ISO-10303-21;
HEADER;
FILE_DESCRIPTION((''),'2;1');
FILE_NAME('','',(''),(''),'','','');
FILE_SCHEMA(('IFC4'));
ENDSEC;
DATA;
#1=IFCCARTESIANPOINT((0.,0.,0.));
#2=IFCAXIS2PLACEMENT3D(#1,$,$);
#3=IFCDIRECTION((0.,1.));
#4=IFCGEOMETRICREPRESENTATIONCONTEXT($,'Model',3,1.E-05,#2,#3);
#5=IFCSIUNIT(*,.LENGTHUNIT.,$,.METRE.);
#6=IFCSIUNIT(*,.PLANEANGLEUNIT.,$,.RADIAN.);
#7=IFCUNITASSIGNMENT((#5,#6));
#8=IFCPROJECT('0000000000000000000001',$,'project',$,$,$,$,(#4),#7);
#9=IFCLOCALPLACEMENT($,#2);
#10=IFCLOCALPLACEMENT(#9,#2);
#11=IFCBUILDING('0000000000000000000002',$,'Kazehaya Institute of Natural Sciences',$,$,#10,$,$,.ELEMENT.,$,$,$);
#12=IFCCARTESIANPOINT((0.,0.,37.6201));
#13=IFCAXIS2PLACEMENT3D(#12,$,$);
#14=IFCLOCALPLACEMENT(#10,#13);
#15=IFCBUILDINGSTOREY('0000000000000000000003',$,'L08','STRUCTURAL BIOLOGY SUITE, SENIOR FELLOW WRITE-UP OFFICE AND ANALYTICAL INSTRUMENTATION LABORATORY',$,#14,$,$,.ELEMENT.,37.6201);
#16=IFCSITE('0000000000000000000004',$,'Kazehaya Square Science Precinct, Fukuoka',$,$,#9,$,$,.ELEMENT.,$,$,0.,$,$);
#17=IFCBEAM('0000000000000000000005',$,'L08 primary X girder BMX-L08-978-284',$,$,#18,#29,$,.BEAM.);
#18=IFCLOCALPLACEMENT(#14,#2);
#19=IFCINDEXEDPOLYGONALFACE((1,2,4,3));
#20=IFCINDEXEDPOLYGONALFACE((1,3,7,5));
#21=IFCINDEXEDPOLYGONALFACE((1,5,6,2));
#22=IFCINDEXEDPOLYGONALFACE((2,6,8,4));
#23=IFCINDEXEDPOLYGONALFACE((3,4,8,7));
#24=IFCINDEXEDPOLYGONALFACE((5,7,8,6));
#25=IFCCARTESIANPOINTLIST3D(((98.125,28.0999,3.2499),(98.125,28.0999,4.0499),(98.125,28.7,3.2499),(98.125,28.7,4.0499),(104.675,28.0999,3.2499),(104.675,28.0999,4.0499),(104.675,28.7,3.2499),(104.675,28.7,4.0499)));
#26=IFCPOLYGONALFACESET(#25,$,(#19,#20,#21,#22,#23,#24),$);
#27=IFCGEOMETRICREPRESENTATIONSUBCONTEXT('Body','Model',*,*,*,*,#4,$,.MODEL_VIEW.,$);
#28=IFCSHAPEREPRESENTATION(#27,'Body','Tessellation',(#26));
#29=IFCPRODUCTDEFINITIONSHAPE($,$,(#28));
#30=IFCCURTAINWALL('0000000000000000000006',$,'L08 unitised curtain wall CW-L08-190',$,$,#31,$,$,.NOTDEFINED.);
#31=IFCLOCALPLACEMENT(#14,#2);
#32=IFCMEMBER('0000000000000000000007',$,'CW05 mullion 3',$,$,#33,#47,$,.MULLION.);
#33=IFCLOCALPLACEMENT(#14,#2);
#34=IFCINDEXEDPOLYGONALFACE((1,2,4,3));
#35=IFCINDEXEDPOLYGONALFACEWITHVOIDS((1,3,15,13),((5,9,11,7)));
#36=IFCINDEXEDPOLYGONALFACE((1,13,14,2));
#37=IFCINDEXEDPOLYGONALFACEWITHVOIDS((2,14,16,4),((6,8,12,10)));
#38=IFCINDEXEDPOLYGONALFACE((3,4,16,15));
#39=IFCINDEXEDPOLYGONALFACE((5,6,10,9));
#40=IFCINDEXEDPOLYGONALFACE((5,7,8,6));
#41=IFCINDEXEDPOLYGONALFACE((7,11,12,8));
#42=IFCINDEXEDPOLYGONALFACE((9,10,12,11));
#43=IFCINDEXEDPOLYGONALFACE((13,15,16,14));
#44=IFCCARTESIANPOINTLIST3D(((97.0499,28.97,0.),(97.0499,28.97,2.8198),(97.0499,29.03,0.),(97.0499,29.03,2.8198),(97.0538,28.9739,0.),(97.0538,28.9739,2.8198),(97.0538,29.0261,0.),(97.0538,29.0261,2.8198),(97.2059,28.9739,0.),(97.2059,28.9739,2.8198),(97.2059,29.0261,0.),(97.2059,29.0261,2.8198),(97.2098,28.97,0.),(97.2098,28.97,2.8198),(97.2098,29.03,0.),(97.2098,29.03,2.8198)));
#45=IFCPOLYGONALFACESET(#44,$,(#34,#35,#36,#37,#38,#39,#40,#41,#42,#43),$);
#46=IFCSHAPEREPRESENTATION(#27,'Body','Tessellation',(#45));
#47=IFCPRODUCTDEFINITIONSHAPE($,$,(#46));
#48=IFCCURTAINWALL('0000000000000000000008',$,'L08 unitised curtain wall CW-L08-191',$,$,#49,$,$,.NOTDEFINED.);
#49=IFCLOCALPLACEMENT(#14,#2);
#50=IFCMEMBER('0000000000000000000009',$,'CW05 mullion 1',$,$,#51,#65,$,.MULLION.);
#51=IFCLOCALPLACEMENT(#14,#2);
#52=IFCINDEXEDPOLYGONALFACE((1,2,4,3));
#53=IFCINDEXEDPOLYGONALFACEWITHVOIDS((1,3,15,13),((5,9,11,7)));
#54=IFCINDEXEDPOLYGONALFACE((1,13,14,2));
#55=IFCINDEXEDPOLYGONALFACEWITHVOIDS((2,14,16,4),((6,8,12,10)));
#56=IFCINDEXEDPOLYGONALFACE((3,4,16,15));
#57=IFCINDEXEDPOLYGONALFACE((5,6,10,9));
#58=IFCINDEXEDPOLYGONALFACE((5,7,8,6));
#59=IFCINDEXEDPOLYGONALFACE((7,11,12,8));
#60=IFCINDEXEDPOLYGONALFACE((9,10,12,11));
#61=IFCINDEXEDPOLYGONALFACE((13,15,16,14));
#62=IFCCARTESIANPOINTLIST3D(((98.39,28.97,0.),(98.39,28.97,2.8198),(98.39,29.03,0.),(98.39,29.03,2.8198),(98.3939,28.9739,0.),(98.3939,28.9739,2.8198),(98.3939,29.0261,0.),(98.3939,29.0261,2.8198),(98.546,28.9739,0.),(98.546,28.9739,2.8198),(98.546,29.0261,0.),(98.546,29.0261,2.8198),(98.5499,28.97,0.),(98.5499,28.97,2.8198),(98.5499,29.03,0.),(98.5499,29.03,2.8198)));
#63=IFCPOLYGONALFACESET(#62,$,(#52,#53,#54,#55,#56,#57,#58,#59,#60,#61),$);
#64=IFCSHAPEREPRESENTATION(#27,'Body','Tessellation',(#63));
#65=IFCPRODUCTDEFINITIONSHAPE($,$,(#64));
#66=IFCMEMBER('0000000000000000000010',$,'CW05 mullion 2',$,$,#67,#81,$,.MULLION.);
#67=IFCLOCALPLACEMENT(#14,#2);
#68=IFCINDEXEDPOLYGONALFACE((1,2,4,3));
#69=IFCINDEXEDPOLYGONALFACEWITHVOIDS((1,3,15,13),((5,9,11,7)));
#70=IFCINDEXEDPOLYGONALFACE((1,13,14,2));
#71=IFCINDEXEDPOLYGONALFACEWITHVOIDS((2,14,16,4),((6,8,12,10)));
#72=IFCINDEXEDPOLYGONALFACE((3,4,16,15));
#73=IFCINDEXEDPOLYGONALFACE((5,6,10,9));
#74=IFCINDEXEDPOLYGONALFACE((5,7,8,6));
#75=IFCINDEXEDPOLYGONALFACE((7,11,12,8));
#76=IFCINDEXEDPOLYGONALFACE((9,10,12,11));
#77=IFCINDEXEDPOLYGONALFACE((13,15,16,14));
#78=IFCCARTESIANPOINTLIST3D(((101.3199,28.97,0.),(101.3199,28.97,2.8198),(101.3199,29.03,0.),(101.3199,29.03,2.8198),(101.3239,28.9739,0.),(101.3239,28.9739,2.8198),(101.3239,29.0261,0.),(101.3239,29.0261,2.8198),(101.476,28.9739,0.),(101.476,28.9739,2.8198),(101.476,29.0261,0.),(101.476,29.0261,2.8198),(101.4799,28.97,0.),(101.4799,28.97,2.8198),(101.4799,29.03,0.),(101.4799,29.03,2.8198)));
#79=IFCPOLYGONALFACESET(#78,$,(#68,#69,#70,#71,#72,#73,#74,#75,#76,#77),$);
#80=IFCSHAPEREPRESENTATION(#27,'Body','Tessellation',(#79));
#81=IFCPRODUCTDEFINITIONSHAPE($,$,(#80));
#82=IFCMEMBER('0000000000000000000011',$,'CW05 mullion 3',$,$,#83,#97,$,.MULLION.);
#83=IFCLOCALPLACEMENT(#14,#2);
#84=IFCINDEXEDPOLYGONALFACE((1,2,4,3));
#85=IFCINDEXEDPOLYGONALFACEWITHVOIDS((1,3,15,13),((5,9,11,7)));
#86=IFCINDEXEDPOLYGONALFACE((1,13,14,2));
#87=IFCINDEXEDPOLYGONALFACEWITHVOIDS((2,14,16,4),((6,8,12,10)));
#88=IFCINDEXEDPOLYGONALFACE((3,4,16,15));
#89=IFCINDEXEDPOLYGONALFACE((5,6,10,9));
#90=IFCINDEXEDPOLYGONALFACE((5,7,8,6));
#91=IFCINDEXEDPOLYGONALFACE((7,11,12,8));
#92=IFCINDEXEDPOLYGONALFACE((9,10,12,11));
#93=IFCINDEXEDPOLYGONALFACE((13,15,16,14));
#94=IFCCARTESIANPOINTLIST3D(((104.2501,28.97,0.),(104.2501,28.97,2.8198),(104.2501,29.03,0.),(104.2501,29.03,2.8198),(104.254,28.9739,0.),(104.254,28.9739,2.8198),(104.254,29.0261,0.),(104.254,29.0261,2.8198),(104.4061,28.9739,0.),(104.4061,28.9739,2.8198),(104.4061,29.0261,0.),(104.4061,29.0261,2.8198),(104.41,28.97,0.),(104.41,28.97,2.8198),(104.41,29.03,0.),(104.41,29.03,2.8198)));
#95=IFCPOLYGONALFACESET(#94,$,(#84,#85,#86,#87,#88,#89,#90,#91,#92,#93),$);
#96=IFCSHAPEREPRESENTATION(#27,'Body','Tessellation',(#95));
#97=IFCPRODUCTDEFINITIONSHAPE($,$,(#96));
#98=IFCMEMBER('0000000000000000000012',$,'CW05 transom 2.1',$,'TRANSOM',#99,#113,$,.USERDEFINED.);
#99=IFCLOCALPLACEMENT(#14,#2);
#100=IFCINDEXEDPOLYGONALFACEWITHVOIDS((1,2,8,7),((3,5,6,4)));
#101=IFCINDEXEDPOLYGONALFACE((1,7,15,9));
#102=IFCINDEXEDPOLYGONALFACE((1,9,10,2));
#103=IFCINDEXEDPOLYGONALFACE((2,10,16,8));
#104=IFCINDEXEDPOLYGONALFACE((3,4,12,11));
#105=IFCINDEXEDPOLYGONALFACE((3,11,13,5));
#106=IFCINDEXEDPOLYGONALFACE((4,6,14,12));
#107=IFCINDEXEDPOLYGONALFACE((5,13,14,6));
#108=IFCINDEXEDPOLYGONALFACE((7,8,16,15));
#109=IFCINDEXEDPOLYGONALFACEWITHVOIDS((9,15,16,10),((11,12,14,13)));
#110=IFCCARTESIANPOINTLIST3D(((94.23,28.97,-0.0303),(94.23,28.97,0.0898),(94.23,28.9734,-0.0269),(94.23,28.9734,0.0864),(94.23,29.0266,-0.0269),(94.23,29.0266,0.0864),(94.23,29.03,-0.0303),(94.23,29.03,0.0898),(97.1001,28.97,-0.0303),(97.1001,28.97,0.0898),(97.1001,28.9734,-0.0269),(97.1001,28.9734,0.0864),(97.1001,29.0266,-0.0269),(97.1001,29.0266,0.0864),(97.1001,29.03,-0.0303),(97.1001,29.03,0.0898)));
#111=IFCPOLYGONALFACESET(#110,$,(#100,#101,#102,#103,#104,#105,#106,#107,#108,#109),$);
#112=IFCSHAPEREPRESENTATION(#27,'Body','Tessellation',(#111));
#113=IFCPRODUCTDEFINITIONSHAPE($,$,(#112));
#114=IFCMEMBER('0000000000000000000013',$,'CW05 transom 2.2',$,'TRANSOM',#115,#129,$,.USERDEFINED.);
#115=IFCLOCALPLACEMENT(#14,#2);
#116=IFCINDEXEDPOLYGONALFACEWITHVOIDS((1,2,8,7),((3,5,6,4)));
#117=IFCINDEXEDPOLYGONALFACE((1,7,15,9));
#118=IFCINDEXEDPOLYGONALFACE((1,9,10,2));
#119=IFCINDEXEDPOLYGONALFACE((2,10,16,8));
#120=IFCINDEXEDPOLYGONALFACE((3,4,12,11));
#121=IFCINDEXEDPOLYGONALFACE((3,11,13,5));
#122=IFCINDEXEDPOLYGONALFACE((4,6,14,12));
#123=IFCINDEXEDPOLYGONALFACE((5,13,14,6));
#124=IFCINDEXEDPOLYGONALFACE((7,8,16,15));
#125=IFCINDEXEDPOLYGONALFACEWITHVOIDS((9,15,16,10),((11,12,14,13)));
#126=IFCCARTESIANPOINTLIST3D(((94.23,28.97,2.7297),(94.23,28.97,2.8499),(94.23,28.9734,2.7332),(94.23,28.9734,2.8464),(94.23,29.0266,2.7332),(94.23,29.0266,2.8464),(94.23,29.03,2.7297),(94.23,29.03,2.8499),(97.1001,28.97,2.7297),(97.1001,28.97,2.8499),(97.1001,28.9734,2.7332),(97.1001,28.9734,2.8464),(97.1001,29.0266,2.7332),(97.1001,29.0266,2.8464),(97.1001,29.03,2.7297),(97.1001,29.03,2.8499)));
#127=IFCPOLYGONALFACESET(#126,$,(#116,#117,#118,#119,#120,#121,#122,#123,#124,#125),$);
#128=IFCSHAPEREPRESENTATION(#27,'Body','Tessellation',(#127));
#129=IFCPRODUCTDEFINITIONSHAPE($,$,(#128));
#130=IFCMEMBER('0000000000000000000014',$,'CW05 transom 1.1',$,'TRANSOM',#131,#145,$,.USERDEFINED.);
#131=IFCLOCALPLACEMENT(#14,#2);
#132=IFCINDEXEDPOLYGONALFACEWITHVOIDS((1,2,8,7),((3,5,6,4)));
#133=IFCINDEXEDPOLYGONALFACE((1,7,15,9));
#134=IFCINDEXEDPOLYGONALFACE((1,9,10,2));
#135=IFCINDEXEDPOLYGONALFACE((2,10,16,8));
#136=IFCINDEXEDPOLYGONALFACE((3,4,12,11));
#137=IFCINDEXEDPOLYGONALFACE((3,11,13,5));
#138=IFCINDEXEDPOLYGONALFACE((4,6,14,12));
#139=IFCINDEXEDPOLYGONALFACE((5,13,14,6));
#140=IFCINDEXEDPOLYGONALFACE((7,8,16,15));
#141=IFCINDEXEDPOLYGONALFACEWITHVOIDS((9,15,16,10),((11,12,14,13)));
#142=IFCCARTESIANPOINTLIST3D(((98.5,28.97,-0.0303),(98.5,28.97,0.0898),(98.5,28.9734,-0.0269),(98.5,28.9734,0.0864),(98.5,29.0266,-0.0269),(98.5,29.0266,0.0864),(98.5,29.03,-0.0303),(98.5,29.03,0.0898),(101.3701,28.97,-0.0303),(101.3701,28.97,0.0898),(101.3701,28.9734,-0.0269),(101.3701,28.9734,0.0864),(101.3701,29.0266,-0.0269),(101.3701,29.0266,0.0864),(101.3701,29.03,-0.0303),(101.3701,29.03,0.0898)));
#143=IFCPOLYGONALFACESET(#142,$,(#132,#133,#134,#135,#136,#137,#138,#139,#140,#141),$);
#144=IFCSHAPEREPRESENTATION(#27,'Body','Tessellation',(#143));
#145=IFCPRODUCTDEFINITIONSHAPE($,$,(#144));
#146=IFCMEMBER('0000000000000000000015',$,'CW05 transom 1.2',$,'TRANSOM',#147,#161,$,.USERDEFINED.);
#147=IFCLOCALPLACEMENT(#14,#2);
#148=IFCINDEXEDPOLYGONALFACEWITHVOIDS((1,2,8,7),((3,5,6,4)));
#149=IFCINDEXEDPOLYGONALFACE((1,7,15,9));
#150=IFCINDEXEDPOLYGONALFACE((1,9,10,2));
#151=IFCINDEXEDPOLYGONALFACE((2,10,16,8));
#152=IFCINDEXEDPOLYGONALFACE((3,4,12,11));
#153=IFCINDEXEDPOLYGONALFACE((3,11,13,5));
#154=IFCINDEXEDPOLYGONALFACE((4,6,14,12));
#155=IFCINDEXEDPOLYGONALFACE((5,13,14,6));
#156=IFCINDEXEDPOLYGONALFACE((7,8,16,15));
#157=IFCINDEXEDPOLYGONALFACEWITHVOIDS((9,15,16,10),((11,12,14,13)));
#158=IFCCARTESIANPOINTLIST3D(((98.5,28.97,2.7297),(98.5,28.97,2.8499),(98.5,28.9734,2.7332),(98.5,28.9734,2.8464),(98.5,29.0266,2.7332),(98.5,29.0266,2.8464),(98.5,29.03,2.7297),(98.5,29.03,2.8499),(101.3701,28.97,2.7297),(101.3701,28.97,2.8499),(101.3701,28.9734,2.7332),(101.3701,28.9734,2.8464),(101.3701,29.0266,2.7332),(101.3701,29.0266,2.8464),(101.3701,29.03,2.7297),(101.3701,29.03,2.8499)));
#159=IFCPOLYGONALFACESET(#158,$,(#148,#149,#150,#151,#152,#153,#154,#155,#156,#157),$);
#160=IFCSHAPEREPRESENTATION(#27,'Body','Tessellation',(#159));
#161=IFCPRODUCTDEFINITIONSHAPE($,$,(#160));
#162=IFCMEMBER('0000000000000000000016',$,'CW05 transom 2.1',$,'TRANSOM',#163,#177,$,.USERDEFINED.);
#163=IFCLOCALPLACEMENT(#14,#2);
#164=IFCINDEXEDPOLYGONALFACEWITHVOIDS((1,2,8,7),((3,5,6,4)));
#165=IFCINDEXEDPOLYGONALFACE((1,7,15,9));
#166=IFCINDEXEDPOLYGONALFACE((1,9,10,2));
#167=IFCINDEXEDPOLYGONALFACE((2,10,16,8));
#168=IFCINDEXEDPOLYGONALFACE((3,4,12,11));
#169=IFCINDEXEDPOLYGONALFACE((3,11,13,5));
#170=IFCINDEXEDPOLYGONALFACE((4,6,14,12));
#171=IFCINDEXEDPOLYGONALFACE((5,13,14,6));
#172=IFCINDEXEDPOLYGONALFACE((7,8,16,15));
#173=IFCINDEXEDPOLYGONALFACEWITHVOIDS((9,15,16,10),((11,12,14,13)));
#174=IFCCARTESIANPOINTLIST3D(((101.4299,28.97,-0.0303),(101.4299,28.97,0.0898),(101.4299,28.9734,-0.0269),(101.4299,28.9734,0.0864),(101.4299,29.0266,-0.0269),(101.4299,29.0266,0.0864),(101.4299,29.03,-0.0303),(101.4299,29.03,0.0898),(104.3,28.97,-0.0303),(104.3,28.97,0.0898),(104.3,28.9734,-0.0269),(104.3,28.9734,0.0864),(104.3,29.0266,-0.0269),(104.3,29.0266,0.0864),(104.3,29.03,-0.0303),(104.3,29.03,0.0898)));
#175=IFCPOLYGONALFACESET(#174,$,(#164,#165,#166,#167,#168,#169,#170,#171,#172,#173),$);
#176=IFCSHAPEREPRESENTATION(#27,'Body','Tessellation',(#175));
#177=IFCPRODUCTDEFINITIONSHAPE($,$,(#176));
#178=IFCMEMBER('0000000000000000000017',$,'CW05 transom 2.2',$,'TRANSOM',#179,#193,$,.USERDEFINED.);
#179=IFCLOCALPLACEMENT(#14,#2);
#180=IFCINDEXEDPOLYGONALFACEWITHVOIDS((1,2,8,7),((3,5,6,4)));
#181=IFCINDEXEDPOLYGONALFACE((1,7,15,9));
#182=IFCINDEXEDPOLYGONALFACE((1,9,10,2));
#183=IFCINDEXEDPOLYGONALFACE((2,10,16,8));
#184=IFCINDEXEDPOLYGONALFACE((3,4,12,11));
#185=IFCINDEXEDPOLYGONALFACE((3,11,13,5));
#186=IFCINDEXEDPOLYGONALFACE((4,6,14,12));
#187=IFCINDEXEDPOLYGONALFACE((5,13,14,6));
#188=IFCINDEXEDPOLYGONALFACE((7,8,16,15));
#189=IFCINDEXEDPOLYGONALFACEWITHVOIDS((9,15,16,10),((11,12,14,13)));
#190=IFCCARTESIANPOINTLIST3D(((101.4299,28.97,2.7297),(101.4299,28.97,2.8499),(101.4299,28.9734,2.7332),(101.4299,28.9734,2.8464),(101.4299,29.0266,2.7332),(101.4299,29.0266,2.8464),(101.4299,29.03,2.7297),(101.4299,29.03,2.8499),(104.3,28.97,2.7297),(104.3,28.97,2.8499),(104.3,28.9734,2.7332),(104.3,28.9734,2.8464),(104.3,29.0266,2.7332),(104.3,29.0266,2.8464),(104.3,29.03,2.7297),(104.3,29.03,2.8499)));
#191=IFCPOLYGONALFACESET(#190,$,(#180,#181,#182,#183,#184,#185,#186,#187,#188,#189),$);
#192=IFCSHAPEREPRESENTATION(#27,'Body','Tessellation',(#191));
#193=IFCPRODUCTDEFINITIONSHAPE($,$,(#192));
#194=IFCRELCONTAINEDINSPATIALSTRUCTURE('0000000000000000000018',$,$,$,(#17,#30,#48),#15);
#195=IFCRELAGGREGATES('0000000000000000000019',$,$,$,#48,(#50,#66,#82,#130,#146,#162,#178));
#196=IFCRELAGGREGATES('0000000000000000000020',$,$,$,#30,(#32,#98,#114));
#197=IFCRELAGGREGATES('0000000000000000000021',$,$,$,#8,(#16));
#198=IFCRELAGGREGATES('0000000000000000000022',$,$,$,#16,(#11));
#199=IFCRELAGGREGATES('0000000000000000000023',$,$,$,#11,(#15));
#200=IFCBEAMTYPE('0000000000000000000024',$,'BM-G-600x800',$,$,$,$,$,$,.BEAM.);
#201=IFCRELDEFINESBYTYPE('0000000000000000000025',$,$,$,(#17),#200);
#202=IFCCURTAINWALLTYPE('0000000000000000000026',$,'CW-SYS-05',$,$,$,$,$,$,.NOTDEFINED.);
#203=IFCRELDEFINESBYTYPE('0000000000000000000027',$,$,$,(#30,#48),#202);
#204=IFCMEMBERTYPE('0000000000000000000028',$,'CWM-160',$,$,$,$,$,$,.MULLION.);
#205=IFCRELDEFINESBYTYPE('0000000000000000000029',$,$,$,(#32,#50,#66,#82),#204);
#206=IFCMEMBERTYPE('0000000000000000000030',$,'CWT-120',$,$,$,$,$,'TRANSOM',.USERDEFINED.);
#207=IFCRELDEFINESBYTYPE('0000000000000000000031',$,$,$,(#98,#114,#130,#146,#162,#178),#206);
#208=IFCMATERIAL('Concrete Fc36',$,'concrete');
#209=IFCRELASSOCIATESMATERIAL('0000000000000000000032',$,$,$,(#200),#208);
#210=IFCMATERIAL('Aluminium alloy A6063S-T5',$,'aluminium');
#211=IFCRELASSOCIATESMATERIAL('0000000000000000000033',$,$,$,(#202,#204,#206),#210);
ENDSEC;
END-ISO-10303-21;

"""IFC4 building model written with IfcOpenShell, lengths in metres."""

from ifc_helpers import new_model, si_unit, direction, frame, origin, origin_2d, place, context, subcontext, project, spatial, rectangle, hollow_rectangle, extrude, material, material_profile, profile_set, type_object, element, aggregate, save


model = new_model("IFC4")

# Units and contexts
model_context = context("Model", 3, precision=1e-05, world=origin(), true_north=direction((0.0, 1.0)))
body_context = subcontext(model_context, "Body", "Model", "MODEL_VIEW")
ifc_project = project(units=[si_unit("LENGTHUNIT", "METRE"), si_unit("PLANEANGLEUNIT", "RADIAN")], contexts=[model_context])

# Site, building, storey
site_placement = place(None, origin())
site = spatial("IfcSite", under=ifc_project, at=site_placement, Name="Kazehaya Square Science Precinct, Fukuoka", CompositionType="ELEMENT", RefElevation=0.0)
building_placement = place(site_placement, origin())
building = spatial("IfcBuilding", under=site, at=building_placement, Name="Kazehaya Institute of Natural Sciences", CompositionType="ELEMENT")
storey_placement = place(building_placement, frame((0.0, 0.0, 37.6201)))
storey = spatial("IfcBuildingStorey", under=building, at=storey_placement, Name="L08", Description="STRUCTURAL BIOLOGY SUITE, SENIOR FELLOW WRITE-UP OFFICE AND ANALYTICAL INSTRUMENTATION LABORATORY", CompositionType="ELEMENT", Elevation=37.6201)

# Beam
ifc_material_1 = material(Name="Concrete Fc36", Category="concrete")
ifc_material_profile_1 = material_profile(ifc_material_1, rectangle(XDim=0.6001, YDim=0.8, at=origin_2d()), Name="RC-600x800")
ifc_profile_set_1 = profile_set([ifc_material_profile_1], Name="Concrete Fc36")
beam_type = type_object("IfcBeamType", Name="BM-G-600x800", PredefinedType="BEAM", material=ifc_profile_set_1)
beam_placement = place(storey_placement, frame((98.125, 28.3999, 3.6499), z_axis=(1.0, 0.0, 0.0), x_axis=(0.0, 1.0, 0.0)))
element("IfcBeam", 1, at=beam_placement, inside=storey, type_object=beam_type, Name="L08 primary X girder BMX-L08-978-284", PredefinedType="BEAM", context=body_context, shape_type="SweptSolid", body=[
    extrude(rectangle(XDim=0.6001, YDim=0.8, at=origin_2d()), origin(), (0.0, 0.0, 1.0), 6.55),
])

# Curtain wall, member
ifc_material_2 = material(Name="Aluminium alloy A6063S-T5", Category="aluminium")
curtain_wall_type = type_object("IfcCurtainWallType", Name="CW-SYS-05", PredefinedType="NOTDEFINED", material=ifc_material_2)
curtain_wall_1_placement = place(storey_placement, origin())
curtain_wall_1 = element("IfcCurtainWall", 2, at=curtain_wall_1_placement, inside=storey, type_object=curtain_wall_type, Name="L08 unitised curtain wall CW-L08-190", PredefinedType="NOTDEFINED")
ifc_material_profile_2 = material_profile(ifc_material_2, hollow_rectangle(XDim=0.0601, YDim=0.1599, WallThickness=0.0039, at=origin_2d()), Name="ALU-60x160x4")
ifc_profile_set_2 = profile_set([ifc_material_profile_2], Name="Aluminium alloy A6063S-T5")
member_type_1 = type_object("IfcMemberType", Name="CWM-160", PredefinedType="MULLION", material=ifc_profile_set_2)
member_1_placement = place(storey_placement, frame((97.1299, 29.0, 0.0), z_axis=(0.0, 0.0, 1.0), x_axis=(0.0, 1.0, 0.0)))
member_1 = element("IfcMember", 3, at=member_1_placement, type_object=member_type_1, Name="CW05 mullion 3", PredefinedType="MULLION", context=body_context, shape_type="SweptSolid", body=[
    extrude(hollow_rectangle(XDim=0.0601, YDim=0.1599, WallThickness=0.0039, at=origin_2d()), origin(), (0.0, 0.0, 1.0), 2.8198),
])

# Curtain wall, members
curtain_wall_2_placement = place(storey_placement, origin())
curtain_wall_2 = element("IfcCurtainWall", 4, at=curtain_wall_2_placement, inside=storey, type_object=curtain_wall_type, Name="L08 unitised curtain wall CW-L08-191", PredefinedType="NOTDEFINED")
member_2_placement = place(storey_placement, frame((98.47, 29.0, 0.0), z_axis=(0.0, 0.0, 1.0), x_axis=(0.0, 1.0, 0.0)))
member_2 = element("IfcMember", 5, at=member_2_placement, type_object=member_type_1, Name="CW05 mullion 1", PredefinedType="MULLION", context=body_context, shape_type="SweptSolid", body=[
    extrude(hollow_rectangle(XDim=0.0601, YDim=0.1599, WallThickness=0.0039, at=origin_2d()), origin(), (0.0, 0.0, 1.0), 2.8198),
])
member_3_placement = place(storey_placement, frame((101.3999, 29.0, 0.0), z_axis=(0.0, 0.0, 1.0), x_axis=(0.0, 1.0, 0.0)))
member_3 = element("IfcMember", 6, at=member_3_placement, type_object=member_type_1, Name="CW05 mullion 2", PredefinedType="MULLION", context=body_context, shape_type="SweptSolid", body=[
    extrude(hollow_rectangle(XDim=0.0601, YDim=0.1599, WallThickness=0.0039, at=origin_2d()), origin(), (0.0, 0.0, 1.0), 2.8198),
])
member_4_placement = place(storey_placement, frame((104.3301, 29.0, 0.0), z_axis=(0.0, 0.0, 1.0), x_axis=(0.0, 1.0, 0.0)))
member_4 = element("IfcMember", 7, at=member_4_placement, type_object=member_type_1, Name="CW05 mullion 3", PredefinedType="MULLION", context=body_context, shape_type="SweptSolid", body=[
    extrude(hollow_rectangle(XDim=0.0601, YDim=0.1599, WallThickness=0.0039, at=origin_2d()), origin(), (0.0, 0.0, 1.0), 2.8198),
])

# Members
ifc_material_profile_3 = material_profile(ifc_material_2, hollow_rectangle(XDim=0.0601, YDim=0.1201, WallThickness=0.0034, at=origin_2d()), Name="ALU-60x120x3.5")
ifc_profile_set_3 = profile_set([ifc_material_profile_3], Name="Aluminium alloy A6063S-T5")
member_type_2 = type_object("IfcMemberType", Name="CWT-120", ElementType="TRANSOM", PredefinedType="USERDEFINED", material=ifc_profile_set_3)
member_5_placement = place(storey_placement, frame((94.23, 29.0, 0.0298), z_axis=(1.0, 0.0, 0.0), x_axis=(0.0, 1.0, 0.0)))
member_5 = element("IfcMember", 8, at=member_5_placement, type_object=member_type_2, Name="CW05 transom 2.1", ObjectType="TRANSOM", PredefinedType="USERDEFINED", context=body_context, shape_type="SweptSolid", body=[
    extrude(hollow_rectangle(XDim=0.0601, YDim=0.1201, WallThickness=0.0034, at=origin_2d()), origin(), (0.0, 0.0, 1.0), 2.8701),
])
member_6_placement = place(storey_placement, frame((94.23, 29.0, 2.7898), z_axis=(1.0, 0.0, 0.0), x_axis=(0.0, 1.0, 0.0)))
member_6 = element("IfcMember", 9, at=member_6_placement, type_object=member_type_2, Name="CW05 transom 2.2", ObjectType="TRANSOM", PredefinedType="USERDEFINED", context=body_context, shape_type="SweptSolid", body=[
    extrude(hollow_rectangle(XDim=0.0601, YDim=0.1201, WallThickness=0.0034, at=origin_2d()), origin(), (0.0, 0.0, 1.0), 2.8701),
])
member_7_placement = place(storey_placement, frame((98.5, 29.0, 0.0298), z_axis=(1.0, 0.0, 0.0), x_axis=(0.0, 1.0, 0.0)))
member_7 = element("IfcMember", 10, at=member_7_placement, type_object=member_type_2, Name="CW05 transom 1.1", ObjectType="TRANSOM", PredefinedType="USERDEFINED", context=body_context, shape_type="SweptSolid", body=[
    extrude(hollow_rectangle(XDim=0.0601, YDim=0.1201, WallThickness=0.0034, at=origin_2d()), origin(), (0.0, 0.0, 1.0), 2.8701),
])
member_8_placement = place(storey_placement, frame((98.5, 29.0, 2.7898), z_axis=(1.0, 0.0, 0.0), x_axis=(0.0, 1.0, 0.0)))
member_8 = element("IfcMember", 11, at=member_8_placement, type_object=member_type_2, Name="CW05 transom 1.2", ObjectType="TRANSOM", PredefinedType="USERDEFINED", context=body_context, shape_type="SweptSolid", body=[
    extrude(hollow_rectangle(XDim=0.0601, YDim=0.1201, WallThickness=0.0034, at=origin_2d()), origin(), (0.0, 0.0, 1.0), 2.8701),
])
member_9_placement = place(storey_placement, frame((101.4299, 29.0, 0.0298), z_axis=(1.0, 0.0, 0.0), x_axis=(0.0, 1.0, 0.0)))
member_9 = element("IfcMember", 12, at=member_9_placement, type_object=member_type_2, Name="CW05 transom 2.1", ObjectType="TRANSOM", PredefinedType="USERDEFINED", context=body_context, shape_type="SweptSolid", body=[
    extrude(hollow_rectangle(XDim=0.0601, YDim=0.1201, WallThickness=0.0034, at=origin_2d()), origin(), (0.0, 0.0, 1.0), 2.8701),
])
member_10_placement = place(storey_placement, frame((101.4299, 29.0, 2.7898), z_axis=(1.0, 0.0, 0.0), x_axis=(0.0, 1.0, 0.0)))
member_10 = element("IfcMember", 13, at=member_10_placement, type_object=member_type_2, Name="CW05 transom 2.2", ObjectType="TRANSOM", PredefinedType="USERDEFINED", context=body_context, shape_type="SweptSolid", body=[
    extrude(hollow_rectangle(XDim=0.0601, YDim=0.1201, WallThickness=0.0034, at=origin_2d()), origin(), (0.0, 0.0, 1.0), 2.8701),
])

aggregate(curtain_wall_2, [member_2, member_3, member_4, member_7, member_8, member_9, member_10])
aggregate(curtain_wall_1, [member_1, member_5, member_6])

save(model, "model.ifc")
